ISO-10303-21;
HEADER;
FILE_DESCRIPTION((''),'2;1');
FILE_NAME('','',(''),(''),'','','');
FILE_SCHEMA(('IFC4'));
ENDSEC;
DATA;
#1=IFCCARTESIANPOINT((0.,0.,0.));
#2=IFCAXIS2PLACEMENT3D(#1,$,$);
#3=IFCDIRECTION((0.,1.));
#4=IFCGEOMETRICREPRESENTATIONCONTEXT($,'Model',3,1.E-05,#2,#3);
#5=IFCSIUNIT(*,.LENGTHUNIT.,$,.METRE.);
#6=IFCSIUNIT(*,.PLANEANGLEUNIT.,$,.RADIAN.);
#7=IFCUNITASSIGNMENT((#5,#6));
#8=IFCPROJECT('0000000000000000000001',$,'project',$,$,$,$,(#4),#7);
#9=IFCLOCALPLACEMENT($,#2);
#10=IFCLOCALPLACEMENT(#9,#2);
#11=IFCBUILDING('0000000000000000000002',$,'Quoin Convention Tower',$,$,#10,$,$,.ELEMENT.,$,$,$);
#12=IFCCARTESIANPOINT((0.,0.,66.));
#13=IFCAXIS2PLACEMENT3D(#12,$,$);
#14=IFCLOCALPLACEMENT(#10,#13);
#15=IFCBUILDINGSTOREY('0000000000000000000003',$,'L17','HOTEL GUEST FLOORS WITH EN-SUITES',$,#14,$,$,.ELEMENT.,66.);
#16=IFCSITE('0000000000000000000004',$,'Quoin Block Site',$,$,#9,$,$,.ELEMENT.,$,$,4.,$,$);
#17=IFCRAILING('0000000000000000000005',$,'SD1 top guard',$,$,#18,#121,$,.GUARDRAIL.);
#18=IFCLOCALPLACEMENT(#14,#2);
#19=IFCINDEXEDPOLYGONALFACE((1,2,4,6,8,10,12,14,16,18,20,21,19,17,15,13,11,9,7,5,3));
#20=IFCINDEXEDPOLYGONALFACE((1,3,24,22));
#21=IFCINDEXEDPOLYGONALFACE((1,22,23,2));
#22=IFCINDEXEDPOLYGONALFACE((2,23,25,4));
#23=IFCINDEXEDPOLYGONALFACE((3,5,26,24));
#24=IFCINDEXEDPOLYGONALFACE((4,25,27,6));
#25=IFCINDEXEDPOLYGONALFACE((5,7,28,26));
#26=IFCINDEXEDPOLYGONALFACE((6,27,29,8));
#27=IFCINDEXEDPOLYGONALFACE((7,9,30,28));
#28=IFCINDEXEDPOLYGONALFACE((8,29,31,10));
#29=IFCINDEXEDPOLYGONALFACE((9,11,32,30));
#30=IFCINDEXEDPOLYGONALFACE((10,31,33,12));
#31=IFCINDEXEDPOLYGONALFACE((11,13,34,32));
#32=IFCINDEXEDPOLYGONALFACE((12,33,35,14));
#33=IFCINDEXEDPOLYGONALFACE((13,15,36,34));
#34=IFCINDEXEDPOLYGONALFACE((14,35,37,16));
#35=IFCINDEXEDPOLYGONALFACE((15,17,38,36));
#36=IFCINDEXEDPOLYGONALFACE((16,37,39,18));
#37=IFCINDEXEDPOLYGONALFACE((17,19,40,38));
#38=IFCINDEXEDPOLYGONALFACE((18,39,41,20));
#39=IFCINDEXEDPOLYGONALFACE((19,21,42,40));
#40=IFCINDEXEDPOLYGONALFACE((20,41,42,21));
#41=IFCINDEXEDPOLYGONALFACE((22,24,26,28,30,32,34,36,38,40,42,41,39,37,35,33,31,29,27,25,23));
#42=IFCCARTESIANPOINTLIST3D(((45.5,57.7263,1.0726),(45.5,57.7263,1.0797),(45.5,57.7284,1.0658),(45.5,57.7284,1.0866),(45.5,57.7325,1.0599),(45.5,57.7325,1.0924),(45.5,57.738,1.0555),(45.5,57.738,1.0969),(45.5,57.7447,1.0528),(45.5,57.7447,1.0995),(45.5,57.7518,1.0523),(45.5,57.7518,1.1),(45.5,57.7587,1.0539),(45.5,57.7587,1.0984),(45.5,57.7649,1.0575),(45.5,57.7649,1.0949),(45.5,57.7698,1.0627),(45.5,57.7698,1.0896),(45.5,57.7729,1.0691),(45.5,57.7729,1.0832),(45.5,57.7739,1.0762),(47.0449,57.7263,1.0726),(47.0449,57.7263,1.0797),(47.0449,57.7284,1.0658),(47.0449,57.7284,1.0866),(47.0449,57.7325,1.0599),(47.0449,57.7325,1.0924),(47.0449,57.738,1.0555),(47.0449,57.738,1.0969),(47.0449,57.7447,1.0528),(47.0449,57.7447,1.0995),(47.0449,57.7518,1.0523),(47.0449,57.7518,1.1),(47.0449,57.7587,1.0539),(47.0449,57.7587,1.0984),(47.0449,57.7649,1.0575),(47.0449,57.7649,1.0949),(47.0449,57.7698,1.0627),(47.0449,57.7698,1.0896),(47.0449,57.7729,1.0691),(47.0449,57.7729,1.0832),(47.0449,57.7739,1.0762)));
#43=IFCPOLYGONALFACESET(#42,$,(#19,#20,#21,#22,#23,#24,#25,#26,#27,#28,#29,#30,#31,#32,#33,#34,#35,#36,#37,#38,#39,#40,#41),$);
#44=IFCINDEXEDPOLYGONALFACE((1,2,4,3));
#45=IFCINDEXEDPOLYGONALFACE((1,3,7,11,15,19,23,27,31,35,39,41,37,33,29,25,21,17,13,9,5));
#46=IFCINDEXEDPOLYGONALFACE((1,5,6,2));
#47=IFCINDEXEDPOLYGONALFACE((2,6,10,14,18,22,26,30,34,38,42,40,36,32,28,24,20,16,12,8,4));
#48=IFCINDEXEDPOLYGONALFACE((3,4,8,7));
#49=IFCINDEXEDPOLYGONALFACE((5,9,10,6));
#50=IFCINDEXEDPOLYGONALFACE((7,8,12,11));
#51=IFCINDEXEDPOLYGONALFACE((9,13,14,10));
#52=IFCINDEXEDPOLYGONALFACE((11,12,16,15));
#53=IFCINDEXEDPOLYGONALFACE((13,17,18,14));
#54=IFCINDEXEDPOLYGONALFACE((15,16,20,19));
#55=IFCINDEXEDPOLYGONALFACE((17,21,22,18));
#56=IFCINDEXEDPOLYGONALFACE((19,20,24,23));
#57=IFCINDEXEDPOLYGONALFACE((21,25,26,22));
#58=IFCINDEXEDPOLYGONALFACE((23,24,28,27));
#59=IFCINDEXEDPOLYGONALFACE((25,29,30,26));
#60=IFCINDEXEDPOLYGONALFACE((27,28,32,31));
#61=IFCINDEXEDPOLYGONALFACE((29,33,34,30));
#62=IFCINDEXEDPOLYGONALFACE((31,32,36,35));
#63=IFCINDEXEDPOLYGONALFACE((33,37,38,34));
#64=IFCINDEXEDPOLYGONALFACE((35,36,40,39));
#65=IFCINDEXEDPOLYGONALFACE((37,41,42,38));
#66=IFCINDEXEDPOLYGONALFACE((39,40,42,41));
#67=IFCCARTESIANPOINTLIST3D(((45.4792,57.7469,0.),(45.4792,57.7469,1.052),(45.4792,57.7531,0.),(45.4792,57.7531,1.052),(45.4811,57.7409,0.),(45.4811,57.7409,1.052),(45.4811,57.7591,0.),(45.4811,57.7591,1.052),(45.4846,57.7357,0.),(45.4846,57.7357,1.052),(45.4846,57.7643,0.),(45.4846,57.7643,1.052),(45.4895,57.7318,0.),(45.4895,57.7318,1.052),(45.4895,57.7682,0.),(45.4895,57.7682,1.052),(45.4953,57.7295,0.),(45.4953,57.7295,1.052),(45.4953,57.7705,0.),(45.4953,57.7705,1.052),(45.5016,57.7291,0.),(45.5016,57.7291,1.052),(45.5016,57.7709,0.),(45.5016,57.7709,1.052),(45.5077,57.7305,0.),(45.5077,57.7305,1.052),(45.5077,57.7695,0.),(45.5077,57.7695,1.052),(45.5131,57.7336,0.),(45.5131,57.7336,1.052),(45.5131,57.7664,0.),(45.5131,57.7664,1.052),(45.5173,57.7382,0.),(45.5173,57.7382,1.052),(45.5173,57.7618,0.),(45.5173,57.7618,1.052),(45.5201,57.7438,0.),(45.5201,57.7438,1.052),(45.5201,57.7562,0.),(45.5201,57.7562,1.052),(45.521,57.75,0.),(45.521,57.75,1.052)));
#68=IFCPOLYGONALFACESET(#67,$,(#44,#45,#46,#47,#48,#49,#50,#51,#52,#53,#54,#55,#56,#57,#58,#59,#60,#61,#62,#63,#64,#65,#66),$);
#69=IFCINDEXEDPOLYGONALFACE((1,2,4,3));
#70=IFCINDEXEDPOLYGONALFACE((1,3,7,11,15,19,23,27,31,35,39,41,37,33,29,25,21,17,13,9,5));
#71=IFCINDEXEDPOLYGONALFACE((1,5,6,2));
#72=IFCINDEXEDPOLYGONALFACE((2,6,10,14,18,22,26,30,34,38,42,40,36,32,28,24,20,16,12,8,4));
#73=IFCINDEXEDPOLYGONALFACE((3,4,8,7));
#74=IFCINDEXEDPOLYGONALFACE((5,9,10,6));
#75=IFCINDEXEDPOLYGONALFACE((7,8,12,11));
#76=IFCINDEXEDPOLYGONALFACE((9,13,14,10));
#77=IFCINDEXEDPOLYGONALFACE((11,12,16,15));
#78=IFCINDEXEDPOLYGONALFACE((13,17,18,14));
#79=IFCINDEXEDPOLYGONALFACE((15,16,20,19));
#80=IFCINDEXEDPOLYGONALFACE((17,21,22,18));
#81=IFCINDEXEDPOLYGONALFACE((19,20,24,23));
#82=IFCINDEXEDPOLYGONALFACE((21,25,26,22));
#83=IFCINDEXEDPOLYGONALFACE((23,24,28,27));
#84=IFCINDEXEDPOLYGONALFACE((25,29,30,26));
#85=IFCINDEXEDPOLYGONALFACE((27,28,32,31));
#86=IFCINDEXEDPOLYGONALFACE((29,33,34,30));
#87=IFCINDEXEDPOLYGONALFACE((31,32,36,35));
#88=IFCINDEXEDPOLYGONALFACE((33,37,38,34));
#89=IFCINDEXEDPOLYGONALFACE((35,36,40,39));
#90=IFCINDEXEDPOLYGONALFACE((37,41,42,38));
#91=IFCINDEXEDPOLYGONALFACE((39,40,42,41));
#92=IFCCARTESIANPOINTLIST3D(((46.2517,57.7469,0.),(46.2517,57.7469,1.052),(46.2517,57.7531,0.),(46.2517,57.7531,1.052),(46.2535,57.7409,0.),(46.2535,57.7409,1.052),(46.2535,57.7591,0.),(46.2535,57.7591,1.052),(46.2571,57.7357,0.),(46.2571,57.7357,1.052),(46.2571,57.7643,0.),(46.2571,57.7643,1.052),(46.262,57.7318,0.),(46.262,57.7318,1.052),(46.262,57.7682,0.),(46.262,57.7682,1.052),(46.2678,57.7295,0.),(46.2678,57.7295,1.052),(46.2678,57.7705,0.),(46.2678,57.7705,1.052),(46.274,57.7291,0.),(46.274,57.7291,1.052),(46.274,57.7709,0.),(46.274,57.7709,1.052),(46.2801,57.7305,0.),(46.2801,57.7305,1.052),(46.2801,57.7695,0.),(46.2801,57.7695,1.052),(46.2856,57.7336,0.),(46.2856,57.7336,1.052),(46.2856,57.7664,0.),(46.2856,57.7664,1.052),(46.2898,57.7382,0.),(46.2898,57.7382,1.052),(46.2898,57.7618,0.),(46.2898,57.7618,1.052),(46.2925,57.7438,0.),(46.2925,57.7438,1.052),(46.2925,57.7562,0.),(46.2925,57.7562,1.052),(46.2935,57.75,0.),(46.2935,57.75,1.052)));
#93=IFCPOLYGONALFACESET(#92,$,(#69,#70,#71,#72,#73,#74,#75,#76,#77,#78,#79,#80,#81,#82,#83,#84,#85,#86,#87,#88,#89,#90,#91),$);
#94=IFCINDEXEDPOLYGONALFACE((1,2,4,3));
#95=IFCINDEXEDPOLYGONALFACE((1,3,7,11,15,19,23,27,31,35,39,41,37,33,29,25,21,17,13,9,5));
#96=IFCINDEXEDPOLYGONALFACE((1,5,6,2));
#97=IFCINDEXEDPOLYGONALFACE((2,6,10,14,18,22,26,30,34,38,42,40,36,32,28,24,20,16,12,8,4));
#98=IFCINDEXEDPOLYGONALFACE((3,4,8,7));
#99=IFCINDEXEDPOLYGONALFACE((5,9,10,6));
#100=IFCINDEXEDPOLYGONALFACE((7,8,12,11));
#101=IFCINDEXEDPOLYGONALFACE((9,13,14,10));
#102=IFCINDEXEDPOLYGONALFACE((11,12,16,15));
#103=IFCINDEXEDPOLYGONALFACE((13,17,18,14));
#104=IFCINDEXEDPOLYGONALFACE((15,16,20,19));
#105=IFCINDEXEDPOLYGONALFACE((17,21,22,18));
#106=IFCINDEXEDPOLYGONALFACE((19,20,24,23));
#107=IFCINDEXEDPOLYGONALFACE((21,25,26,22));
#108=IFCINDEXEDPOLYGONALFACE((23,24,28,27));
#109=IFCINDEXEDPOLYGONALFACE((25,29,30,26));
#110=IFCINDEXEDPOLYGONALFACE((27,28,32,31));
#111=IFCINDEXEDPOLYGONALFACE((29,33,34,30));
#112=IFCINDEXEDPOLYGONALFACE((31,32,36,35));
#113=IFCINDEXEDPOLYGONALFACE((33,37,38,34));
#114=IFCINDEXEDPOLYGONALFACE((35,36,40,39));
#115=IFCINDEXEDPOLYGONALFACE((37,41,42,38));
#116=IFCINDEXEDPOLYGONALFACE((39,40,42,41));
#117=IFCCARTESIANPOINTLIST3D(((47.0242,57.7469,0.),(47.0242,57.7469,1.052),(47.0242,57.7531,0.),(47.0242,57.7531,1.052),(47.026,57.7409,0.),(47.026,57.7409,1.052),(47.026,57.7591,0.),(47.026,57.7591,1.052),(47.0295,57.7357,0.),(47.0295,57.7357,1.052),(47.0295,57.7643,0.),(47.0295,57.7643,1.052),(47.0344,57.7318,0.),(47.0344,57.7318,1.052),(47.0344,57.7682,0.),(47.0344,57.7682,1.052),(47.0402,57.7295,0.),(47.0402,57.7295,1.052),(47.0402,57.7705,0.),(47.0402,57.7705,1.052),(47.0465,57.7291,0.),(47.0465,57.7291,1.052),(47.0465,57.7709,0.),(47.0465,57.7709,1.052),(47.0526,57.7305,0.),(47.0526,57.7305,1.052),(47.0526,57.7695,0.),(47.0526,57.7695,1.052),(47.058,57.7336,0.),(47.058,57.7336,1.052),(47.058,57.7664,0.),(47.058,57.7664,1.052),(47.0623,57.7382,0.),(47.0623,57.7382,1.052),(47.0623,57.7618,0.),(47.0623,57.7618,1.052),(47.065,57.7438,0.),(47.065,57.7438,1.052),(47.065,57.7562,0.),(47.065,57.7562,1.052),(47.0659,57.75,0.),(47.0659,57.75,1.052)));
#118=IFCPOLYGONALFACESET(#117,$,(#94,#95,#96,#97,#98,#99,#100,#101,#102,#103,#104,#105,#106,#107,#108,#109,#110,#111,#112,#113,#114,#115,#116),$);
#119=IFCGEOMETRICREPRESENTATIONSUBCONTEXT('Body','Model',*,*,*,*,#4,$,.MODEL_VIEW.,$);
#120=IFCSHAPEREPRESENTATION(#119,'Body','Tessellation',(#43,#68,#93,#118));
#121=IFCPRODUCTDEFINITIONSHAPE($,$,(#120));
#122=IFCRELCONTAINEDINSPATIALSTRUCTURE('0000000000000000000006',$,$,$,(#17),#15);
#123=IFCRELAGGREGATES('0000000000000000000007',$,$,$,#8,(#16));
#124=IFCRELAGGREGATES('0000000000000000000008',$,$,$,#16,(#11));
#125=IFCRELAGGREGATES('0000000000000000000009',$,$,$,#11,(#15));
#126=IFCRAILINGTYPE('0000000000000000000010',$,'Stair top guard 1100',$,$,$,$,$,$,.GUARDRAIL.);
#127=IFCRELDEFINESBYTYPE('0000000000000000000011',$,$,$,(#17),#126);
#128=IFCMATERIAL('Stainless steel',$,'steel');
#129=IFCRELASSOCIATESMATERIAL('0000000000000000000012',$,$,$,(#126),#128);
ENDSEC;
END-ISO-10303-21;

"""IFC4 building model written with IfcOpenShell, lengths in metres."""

from ifc_helpers import new_model, si_unit, direction, frame, origin, origin_2d, place, context, subcontext, project, spatial, circle, extrude, material, type_object, element, save


model = new_model("IFC4")

# Units and contexts
model_context = context("Model", 3, precision=1e-05, world=origin(), true_north=direction((0.0, 1.0)))
body_context = subcontext(model_context, "Body", "Model", "MODEL_VIEW")
ifc_project = project(units=[si_unit("LENGTHUNIT", "METRE"), si_unit("PLANEANGLEUNIT", "RADIAN")], contexts=[model_context])

# Site, building, storey
site_placement = place(None, origin())
site = spatial("IfcSite", under=ifc_project, at=site_placement, Name="Quoin Block Site", CompositionType="ELEMENT", RefElevation=4.0)
building_placement = place(site_placement, origin())
building = spatial("IfcBuilding", under=site, at=building_placement, Name="Quoin Convention Tower", CompositionType="ELEMENT")
storey_placement = place(building_placement, frame((0.0, 0.0, 66.0)))
storey = spatial("IfcBuildingStorey", under=building, at=storey_placement, Name="L17", Description="HOTEL GUEST FLOORS WITH EN-SUITES", CompositionType="ELEMENT", Elevation=66.0)

# Railing
ifc_material_1 = material(Name="Stainless steel", Category="steel")
railing_type = type_object("IfcRailingType", Name="Stair top guard 1100", PredefinedType="GUARDRAIL", material=ifc_material_1)
railing_placement = place(storey_placement, frame((45.5, 57.75, 0.0)))
element("IfcRailing", 1, at=railing_placement, inside=storey, type_object=railing_type, Name="SD1 top guard", PredefinedType="GUARDRAIL", context=body_context, shape_type="SweptSolid", body=[
    extrude(circle(Radius=0.0239, at=origin_2d()), frame((0.0, 0.0, 1.0762), z_axis=(1.0, 0.0, 0.0), x_axis=(0.0, 1.0, 0.0)), (0.0, 0.0, 1.0), 1.5449),
    extrude(circle(Radius=0.021, at=origin_2d()), origin(), (0.0, 0.0, 1.0), 1.052),
    extrude(circle(Radius=0.021, at=origin_2d()), frame((0.7725, 0.0, 0.0)), (0.0, 0.0, 1.0), 1.052),
    extrude(circle(Radius=0.021, at=origin_2d()), frame((1.5449, 0.0, 0.0)), (0.0, 0.0, 1.0), 1.052),
])

save(model, "model.ifc")
